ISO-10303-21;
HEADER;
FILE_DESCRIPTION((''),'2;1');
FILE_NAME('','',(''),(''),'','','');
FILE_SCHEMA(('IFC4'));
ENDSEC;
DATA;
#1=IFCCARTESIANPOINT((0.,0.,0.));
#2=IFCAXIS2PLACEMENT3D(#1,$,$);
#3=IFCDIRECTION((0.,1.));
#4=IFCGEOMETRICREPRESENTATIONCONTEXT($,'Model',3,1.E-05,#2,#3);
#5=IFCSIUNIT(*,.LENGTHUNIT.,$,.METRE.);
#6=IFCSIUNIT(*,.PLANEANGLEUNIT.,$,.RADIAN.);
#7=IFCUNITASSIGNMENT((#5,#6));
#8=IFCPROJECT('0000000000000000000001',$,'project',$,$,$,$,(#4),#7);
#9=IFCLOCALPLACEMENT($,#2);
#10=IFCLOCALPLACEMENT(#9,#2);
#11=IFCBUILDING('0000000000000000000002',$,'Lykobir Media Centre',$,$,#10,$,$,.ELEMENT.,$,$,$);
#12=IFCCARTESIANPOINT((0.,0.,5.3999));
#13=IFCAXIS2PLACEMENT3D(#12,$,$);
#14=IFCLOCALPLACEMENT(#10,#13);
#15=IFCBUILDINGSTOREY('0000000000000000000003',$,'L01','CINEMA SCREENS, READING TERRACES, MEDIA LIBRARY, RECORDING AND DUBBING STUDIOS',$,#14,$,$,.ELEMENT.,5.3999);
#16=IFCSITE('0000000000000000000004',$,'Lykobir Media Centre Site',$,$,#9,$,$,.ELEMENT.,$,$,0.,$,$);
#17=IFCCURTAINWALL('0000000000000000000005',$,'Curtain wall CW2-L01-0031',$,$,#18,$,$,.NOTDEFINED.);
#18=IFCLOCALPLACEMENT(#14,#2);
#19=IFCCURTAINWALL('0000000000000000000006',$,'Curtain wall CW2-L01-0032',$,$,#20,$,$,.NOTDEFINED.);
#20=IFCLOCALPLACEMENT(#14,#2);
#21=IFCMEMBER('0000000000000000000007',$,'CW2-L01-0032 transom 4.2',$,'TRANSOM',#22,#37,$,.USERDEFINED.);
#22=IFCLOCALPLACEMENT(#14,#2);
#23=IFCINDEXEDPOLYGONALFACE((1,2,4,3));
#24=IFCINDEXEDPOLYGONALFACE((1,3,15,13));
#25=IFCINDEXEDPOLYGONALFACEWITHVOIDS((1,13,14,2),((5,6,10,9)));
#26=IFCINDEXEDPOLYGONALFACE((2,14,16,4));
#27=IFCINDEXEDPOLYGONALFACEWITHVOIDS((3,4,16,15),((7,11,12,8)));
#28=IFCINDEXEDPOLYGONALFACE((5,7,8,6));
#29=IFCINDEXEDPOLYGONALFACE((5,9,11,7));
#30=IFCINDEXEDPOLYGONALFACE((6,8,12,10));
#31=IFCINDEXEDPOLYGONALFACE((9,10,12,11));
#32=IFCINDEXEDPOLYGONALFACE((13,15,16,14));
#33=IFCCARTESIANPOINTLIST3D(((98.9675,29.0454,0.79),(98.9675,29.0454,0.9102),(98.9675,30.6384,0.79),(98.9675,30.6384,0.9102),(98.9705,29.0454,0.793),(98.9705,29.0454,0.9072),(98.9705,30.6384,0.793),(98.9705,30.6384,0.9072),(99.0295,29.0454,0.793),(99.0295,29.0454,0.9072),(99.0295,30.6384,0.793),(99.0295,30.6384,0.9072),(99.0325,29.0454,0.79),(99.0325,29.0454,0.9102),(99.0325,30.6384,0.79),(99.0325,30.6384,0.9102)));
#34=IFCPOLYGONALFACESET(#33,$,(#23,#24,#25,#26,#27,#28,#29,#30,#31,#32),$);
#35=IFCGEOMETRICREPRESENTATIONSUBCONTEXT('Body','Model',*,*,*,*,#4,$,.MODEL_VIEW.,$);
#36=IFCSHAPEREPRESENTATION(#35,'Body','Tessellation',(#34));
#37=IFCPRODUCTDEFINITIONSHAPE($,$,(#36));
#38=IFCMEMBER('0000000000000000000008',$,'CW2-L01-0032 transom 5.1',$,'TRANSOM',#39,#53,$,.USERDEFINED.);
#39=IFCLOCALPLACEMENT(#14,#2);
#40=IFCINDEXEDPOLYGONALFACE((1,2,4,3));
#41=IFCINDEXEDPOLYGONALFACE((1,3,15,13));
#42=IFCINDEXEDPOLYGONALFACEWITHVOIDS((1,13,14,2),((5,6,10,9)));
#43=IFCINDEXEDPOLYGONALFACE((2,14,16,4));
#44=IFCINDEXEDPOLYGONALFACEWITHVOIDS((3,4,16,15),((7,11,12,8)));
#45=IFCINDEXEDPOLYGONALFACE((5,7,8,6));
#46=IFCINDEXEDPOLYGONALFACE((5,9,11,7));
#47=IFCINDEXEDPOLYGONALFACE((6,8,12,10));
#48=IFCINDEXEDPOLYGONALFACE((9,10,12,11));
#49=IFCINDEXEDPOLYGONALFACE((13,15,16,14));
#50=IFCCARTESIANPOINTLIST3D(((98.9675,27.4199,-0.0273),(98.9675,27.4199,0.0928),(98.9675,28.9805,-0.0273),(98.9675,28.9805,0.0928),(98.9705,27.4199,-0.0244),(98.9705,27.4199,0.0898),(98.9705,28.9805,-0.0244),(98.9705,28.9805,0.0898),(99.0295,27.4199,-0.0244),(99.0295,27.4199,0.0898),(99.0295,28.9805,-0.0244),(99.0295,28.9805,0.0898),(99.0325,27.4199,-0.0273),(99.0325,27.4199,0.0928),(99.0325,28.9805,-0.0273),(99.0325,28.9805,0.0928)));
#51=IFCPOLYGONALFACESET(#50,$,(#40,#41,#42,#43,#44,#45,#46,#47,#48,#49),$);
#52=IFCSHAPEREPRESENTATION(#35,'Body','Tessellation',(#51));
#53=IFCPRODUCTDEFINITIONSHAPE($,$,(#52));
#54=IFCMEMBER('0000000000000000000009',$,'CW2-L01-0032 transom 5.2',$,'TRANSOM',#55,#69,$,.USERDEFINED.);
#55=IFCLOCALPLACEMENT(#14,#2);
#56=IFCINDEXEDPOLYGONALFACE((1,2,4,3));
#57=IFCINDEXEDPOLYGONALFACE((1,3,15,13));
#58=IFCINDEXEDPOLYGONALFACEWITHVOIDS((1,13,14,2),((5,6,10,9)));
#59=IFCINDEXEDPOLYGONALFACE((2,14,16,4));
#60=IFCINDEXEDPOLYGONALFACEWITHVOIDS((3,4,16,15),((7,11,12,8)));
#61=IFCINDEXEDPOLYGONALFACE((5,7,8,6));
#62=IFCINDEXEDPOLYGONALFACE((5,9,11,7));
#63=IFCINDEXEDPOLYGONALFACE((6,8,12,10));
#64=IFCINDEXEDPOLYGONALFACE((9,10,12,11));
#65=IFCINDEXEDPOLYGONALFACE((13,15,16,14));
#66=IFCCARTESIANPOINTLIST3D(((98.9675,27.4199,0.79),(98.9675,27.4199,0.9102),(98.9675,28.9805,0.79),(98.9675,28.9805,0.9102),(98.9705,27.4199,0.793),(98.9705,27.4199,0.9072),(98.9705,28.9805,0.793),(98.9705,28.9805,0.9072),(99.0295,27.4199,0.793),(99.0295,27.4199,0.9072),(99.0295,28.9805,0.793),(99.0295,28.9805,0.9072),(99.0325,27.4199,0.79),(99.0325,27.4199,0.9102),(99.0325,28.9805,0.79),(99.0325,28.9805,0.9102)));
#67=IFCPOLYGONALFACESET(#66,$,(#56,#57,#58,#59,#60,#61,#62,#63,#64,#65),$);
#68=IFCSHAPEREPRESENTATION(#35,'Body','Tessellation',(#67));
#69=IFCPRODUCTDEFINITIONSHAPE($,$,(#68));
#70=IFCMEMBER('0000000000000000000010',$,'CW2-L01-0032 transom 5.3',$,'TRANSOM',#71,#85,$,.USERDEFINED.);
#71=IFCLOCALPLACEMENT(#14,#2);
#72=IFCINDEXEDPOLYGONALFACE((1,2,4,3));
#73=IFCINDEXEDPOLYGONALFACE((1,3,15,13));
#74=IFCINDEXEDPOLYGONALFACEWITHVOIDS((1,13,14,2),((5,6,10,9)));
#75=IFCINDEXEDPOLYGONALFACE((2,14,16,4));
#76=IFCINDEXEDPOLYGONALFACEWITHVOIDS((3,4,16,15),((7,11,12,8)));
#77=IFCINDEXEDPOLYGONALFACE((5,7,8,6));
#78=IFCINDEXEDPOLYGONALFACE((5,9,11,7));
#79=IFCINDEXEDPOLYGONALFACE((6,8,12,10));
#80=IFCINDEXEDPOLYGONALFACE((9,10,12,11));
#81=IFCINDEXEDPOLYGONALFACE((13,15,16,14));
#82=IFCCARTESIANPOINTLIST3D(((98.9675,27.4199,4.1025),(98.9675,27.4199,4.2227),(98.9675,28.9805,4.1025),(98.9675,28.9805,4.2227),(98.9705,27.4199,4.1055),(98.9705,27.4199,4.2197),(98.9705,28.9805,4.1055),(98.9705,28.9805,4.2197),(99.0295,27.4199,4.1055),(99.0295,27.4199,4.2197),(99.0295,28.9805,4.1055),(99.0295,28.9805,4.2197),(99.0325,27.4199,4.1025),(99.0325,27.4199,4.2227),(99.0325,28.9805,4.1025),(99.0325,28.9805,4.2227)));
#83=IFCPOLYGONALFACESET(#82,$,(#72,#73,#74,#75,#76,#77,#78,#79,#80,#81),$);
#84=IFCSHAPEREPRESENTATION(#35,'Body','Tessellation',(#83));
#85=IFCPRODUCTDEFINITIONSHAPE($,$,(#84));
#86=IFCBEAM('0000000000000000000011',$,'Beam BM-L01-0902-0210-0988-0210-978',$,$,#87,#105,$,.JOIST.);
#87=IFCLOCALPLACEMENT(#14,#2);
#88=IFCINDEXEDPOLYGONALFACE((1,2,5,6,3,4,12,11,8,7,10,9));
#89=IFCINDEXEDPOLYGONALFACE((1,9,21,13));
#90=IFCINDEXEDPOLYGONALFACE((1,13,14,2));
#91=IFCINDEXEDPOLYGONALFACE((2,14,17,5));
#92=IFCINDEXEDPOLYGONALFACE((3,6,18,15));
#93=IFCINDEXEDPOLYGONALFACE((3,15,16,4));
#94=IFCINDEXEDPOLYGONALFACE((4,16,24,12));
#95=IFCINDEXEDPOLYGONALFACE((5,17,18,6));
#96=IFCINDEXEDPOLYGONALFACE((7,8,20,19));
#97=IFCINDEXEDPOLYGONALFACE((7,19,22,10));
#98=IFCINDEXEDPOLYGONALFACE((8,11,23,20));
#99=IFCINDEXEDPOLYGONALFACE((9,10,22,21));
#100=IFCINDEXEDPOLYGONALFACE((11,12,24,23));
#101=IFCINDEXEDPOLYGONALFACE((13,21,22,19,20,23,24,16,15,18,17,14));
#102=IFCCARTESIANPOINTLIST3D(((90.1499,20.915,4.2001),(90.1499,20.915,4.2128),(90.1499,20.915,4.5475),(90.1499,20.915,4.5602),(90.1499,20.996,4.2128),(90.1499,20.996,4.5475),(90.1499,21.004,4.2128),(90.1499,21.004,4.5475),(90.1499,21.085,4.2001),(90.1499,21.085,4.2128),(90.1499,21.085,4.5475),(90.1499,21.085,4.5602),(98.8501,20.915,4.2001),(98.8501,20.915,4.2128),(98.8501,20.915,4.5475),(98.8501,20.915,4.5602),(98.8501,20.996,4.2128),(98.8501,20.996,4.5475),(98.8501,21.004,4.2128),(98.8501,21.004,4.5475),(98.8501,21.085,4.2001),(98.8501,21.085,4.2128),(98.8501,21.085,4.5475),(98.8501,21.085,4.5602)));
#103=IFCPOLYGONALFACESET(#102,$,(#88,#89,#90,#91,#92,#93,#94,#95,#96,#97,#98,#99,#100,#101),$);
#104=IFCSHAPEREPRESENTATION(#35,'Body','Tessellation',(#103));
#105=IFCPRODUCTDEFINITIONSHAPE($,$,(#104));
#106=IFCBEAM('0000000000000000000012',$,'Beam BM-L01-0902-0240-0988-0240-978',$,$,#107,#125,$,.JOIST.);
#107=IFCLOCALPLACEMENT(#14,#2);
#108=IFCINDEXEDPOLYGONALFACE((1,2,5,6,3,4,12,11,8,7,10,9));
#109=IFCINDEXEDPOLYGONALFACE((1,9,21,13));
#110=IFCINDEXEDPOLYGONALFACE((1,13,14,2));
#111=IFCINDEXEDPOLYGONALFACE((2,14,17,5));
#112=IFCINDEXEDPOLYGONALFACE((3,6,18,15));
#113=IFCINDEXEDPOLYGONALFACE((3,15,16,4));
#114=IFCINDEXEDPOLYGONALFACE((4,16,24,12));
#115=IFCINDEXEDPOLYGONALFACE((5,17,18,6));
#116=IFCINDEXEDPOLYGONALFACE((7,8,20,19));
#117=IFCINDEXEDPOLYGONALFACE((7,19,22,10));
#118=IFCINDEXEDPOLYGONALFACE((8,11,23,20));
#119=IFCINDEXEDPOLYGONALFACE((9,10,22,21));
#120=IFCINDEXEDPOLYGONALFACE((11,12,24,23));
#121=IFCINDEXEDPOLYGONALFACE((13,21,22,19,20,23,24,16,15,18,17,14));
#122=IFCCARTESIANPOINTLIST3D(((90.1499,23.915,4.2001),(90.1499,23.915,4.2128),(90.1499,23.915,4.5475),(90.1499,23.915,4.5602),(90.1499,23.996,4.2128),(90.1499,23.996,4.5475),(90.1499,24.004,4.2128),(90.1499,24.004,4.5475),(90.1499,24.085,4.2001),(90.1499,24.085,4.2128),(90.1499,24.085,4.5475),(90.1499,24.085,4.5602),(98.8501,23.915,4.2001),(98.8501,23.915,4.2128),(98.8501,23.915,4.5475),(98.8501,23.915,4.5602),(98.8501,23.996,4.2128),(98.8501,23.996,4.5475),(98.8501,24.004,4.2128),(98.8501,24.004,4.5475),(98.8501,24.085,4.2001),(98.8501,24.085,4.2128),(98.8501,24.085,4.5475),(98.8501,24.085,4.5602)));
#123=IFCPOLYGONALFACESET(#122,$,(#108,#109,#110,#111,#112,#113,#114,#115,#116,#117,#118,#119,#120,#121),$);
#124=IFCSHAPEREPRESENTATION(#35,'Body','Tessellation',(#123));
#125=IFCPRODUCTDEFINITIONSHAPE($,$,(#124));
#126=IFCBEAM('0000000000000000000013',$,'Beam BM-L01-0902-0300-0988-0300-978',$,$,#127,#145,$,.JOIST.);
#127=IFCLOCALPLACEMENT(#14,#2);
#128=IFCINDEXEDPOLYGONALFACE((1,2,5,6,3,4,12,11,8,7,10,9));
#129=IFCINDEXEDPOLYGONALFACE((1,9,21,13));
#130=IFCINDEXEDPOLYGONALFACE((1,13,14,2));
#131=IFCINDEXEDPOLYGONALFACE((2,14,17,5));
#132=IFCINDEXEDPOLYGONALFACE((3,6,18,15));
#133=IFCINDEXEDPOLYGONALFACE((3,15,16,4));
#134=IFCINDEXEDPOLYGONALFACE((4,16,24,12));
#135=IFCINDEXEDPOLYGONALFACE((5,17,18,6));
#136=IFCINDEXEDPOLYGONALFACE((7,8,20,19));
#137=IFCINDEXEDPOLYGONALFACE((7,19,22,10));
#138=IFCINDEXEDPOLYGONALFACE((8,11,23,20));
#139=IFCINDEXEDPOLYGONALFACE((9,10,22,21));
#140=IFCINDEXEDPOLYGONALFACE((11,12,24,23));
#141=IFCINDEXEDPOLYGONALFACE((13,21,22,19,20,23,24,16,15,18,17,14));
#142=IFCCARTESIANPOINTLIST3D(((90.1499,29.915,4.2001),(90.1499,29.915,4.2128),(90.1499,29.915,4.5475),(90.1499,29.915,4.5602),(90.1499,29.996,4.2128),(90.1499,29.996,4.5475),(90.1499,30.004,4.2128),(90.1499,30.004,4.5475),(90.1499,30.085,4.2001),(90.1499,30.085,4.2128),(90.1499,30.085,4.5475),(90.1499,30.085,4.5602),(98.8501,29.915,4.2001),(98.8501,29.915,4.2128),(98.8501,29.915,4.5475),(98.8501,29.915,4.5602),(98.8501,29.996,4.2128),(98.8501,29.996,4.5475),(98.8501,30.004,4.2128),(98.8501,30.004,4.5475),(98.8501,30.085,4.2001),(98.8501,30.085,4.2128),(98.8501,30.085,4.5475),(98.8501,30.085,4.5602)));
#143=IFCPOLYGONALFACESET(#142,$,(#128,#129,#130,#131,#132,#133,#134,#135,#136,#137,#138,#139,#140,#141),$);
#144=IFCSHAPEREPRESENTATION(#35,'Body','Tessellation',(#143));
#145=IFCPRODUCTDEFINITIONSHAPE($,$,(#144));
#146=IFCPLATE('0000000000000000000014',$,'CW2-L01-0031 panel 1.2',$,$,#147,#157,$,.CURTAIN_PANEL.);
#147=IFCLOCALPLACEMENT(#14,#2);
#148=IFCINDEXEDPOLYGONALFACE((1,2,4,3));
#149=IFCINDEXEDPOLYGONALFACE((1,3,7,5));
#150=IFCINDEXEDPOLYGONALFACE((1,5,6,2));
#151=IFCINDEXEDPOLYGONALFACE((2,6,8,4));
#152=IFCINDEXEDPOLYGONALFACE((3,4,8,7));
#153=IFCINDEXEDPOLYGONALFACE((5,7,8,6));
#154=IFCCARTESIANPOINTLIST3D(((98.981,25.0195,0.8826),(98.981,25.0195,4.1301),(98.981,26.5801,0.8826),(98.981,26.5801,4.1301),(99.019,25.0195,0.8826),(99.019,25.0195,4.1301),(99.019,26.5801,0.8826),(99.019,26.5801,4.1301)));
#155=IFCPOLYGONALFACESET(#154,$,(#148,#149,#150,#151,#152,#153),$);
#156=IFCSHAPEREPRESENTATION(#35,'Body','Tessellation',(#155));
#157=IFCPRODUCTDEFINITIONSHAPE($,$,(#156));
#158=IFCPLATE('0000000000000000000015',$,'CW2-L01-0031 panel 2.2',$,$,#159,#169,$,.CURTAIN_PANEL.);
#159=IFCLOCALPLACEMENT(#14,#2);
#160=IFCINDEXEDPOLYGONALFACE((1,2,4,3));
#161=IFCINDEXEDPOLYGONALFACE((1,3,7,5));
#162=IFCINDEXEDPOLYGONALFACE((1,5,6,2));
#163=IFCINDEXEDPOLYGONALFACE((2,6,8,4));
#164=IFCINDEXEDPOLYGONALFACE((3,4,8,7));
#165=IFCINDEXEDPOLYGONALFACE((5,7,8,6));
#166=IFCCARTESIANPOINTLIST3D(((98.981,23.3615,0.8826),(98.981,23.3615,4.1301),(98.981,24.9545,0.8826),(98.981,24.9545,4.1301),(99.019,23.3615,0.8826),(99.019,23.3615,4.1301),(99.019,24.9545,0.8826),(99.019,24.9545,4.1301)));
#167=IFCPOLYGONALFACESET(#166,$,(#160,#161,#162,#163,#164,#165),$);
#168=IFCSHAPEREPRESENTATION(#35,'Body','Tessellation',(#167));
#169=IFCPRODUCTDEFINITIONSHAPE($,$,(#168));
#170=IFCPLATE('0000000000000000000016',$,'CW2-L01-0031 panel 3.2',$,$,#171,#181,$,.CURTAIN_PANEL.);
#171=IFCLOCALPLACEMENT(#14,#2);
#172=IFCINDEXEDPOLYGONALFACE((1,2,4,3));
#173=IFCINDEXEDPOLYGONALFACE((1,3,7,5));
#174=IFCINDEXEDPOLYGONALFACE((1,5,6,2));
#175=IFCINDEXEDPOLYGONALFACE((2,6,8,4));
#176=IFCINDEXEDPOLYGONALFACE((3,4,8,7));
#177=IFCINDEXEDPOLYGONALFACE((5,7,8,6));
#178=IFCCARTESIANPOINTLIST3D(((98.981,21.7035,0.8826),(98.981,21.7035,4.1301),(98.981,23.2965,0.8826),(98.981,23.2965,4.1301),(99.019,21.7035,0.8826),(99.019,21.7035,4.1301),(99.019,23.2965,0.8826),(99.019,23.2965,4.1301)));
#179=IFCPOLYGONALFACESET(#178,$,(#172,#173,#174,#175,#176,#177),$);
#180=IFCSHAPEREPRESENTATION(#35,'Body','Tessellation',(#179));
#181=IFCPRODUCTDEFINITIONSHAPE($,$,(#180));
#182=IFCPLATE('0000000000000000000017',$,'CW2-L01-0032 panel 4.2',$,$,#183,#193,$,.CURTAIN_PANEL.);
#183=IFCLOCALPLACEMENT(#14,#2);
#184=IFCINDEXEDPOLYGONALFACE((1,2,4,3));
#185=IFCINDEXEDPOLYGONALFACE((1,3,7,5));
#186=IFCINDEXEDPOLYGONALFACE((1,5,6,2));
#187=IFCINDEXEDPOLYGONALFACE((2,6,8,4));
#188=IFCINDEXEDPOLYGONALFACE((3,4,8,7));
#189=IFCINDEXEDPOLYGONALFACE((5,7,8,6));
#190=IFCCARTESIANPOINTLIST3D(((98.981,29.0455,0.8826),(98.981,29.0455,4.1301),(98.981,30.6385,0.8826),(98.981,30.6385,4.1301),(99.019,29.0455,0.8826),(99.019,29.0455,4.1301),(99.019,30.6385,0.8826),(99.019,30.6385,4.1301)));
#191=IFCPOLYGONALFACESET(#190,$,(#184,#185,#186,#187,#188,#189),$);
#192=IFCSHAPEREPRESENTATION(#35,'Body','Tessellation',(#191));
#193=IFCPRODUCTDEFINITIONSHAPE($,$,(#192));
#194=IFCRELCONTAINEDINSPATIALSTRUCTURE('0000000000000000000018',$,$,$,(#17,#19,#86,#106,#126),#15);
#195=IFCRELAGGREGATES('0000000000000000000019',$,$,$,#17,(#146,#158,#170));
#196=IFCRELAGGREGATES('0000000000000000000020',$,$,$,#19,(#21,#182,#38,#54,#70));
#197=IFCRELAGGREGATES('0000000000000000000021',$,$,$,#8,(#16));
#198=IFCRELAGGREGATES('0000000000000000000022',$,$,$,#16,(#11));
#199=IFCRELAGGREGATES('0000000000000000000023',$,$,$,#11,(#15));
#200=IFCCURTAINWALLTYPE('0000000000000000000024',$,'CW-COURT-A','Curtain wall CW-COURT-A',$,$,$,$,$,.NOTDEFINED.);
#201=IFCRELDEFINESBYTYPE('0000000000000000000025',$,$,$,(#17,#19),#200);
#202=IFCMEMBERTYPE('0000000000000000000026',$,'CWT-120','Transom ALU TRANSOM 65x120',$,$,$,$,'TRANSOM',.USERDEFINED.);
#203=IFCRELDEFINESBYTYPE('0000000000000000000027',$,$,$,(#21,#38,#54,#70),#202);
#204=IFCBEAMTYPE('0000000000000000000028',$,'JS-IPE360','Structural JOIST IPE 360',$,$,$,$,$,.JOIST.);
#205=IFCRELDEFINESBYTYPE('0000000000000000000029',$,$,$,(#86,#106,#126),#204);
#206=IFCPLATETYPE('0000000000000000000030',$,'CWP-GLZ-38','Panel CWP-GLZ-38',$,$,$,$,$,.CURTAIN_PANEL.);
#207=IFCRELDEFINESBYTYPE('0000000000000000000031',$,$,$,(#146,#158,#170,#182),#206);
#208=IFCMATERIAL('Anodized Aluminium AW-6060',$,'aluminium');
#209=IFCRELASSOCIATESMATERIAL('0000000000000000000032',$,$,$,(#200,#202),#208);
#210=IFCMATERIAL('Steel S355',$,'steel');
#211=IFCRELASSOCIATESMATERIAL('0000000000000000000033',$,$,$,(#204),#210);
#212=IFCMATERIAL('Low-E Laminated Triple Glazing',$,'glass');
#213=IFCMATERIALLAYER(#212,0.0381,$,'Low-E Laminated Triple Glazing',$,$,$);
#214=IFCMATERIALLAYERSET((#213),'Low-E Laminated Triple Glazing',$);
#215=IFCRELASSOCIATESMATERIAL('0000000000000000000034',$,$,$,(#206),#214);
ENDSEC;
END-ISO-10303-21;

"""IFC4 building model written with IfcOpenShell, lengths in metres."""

from ifc_helpers import new_model, si_unit, direction, frame, origin, origin_2d, place, context, subcontext, project, spatial, rectangle, hollow_rectangle, i_section, extrude, material, layer, layer_set, material_profile, profile_set, type_object, element, aggregate, save


model = new_model("IFC4")

# Units and contexts
model_context = context("Model", 3, precision=1e-05, world=origin(), true_north=direction((0.0, 1.0)))
body_context = subcontext(model_context, "Body", "Model", "MODEL_VIEW")
ifc_project = project(units=[si_unit("LENGTHUNIT", "METRE"), si_unit("PLANEANGLEUNIT", "RADIAN")], contexts=[model_context])

# Site, building, storey
site_placement = place(None, origin())
site = spatial("IfcSite", under=ifc_project, at=site_placement, Name="Lykobir Media Centre Site", CompositionType="ELEMENT", RefElevation=0.0)
building_placement = place(site_placement, origin())
building = spatial("IfcBuilding", under=site, at=building_placement, Name="Lykobir Media Centre", CompositionType="ELEMENT")
storey_placement = place(building_placement, frame((0.0, 0.0, 5.3999)))
storey = spatial("IfcBuildingStorey", under=building, at=storey_placement, Name="L01", Description="CINEMA SCREENS, READING TERRACES, MEDIA LIBRARY, RECORDING AND DUBBING STUDIOS", CompositionType="ELEMENT", Elevation=5.3999)

# Shared definitions
ifc_material_1 = material(Name="Steel S355", Category="steel")

# Curtain walls
ifc_material_2 = material(Name="Anodized Aluminium AW-6060", Category="aluminium")
curtain_wall_type = type_object("IfcCurtainWallType", Name="CW-COURT-A", Description="Curtain wall CW-COURT-A", PredefinedType="NOTDEFINED", material=ifc_material_2)
curtain_wall_1_placement = place(storey_placement, origin())
curtain_wall_1 = element("IfcCurtainWall", 1, at=curtain_wall_1_placement, inside=storey, type_object=curtain_wall_type, Name="Curtain wall CW2-L01-0031", PredefinedType="NOTDEFINED")
curtain_wall_2_placement = place(storey_placement, origin())
curtain_wall_2 = element("IfcCurtainWall", 2, at=curtain_wall_2_placement, inside=storey, type_object=curtain_wall_type, Name="Curtain wall CW2-L01-0032", PredefinedType="NOTDEFINED")

# Members
ifc_material_profile_1 = material_profile(ifc_material_2, hollow_rectangle(XDim=0.0649, YDim=0.1201, WallThickness=0.0029, at=origin_2d()), Name="ALU TRANSOM 65x120")
ifc_profile_set_1 = profile_set([ifc_material_profile_1], Name="Anodized Aluminium AW-6060")
member_type_1 = type_object("IfcMemberType", Name="CWT-120", Description="Transom ALU TRANSOM 65x120", ElementType="TRANSOM", PredefinedType="USERDEFINED", material=ifc_profile_set_1)
member_1_placement = place(storey_placement, frame((99.0, 30.6384, 0.8501), z_axis=(0.0, -1.0, 0.0), x_axis=(1.0, 0.0, 0.0)))
member_1 = element("IfcMember", 3, at=member_1_placement, type_object=member_type_1, Name="CW2-L01-0032 transom 4.2", ObjectType="TRANSOM", PredefinedType="USERDEFINED", context=body_context, shape_type="SweptSolid", body=[
    extrude(hollow_rectangle(XDim=0.0649, YDim=0.1201, WallThickness=0.0029, at=origin_2d()), origin(), (0.0, 0.0, 1.0), 1.593),
])
member_2_placement = place(storey_placement, frame((99.0, 28.9805, 0.0327), z_axis=(0.0, -1.0, 0.0), x_axis=(1.0, 0.0, 0.0)))
member_2 = element("IfcMember", 4, at=member_2_placement, type_object=member_type_1, Name="CW2-L01-0032 transom 5.1", ObjectType="TRANSOM", PredefinedType="USERDEFINED", context=body_context, shape_type="SweptSolid", body=[
    extrude(hollow_rectangle(XDim=0.0649, YDim=0.1201, WallThickness=0.0029, at=origin_2d()), origin(), (0.0, 0.0, 1.0), 1.5605),
])
member_3_placement = place(storey_placement, frame((99.0, 28.9805, 0.8501), z_axis=(0.0, -1.0, 0.0), x_axis=(1.0, 0.0, 0.0)))
member_3 = element("IfcMember", 5, at=member_3_placement, type_object=member_type_1, Name="CW2-L01-0032 transom 5.2", ObjectType="TRANSOM", PredefinedType="USERDEFINED", context=body_context, shape_type="SweptSolid", body=[
    extrude(hollow_rectangle(XDim=0.0649, YDim=0.1201, WallThickness=0.0029, at=origin_2d()), origin(), (0.0, 0.0, 1.0), 1.5605),
])
member_4_placement = place(storey_placement, frame((99.0, 28.9805, 4.1626), z_axis=(0.0, -1.0, 0.0), x_axis=(1.0, 0.0, 0.0)))
member_4 = element("IfcMember", 6, at=member_4_placement, type_object=member_type_1, Name="CW2-L01-0032 transom 5.3", ObjectType="TRANSOM", PredefinedType="USERDEFINED", context=body_context, shape_type="SweptSolid", body=[
    extrude(hollow_rectangle(XDim=0.0649, YDim=0.1201, WallThickness=0.0029, at=origin_2d()), origin(), (0.0, 0.0, 1.0), 1.5605),
])

# Beams
ifc_material_profile_2 = material_profile(ifc_material_1, i_section(OverallWidth=0.1699, OverallDepth=0.3601, WebThickness=0.0081, FlangeThickness=0.0127, at=origin_2d()), Name="IPE 360")
ifc_profile_set_2 = profile_set([ifc_material_profile_2], Name="Steel S355")
beam_type_1 = type_object("IfcBeamType", Name="JS-IPE360", Description="Structural JOIST IPE 360", PredefinedType="JOIST", material=ifc_profile_set_2)
for number, where, z_axis, x_axis, name in (
    (7, (90.1499, 21.0, 4.3801), (1.0, 0.0, 0.0), (0.0, 1.0, 0.0), "Beam BM-L01-0902-0210-0988-0210-978"),
    (8, (90.1499, 24.0, 4.3801), (1.0, 0.0, 0.0), (0.0, 1.0, 0.0), "Beam BM-L01-0902-0240-0988-0240-978"),
    (9, (90.1499, 30.0, 4.3801), (1.0, 0.0, 0.0), (0.0, 1.0, 0.0), "Beam BM-L01-0902-0300-0988-0300-978"),
):
    element("IfcBeam", number, at=place(storey_placement, frame(where, z_axis=z_axis, x_axis=x_axis)), inside=storey, type_object=beam_type_1, Name=name, PredefinedType="JOIST", context=body_context, shape_type="SweptSolid", body=[
        extrude(i_section(OverallWidth=0.1699, OverallDepth=0.3601, WebThickness=0.0081, FlangeThickness=0.0127, at=origin_2d()), origin(), (0.0, 0.0, 1.0), 8.7002),
    ])

# Plates
ifc_material_3 = material(Name="Low-E Laminated Triple Glazing", Category="glass")
ifc_layer_1 = layer(ifc_material_3, 0.0381, Name="Low-E Laminated Triple Glazing")
ifc_layer_set_1 = layer_set([ifc_layer_1], Name="Low-E Laminated Triple Glazing")
plate_type_1 = type_object("IfcPlateType", Name="CWP-GLZ-38", Description="Panel CWP-GLZ-38", PredefinedType="CURTAIN_PANEL", material=ifc_layer_set_1)
plate_1_placement = place(storey_placement, frame((99.0, 25.7998, 0.8826), z_axis=(0.0, 0.0, 1.0), x_axis=(0.0, -1.0, 0.0)))
plate_1 = element("IfcPlate", 10, at=plate_1_placement, type_object=plate_type_1, Name="CW2-L01-0031 panel 1.2", PredefinedType="CURTAIN_PANEL", context=body_context, shape_type="SweptSolid", body=[
    extrude(rectangle(XDim=1.5605, YDim=0.0381, at=origin_2d()), origin(), (0.0, 0.0, 1.0), 3.2476),
])
plate_2_placement = place(storey_placement, frame((99.0, 24.158, 0.8826), z_axis=(0.0, 0.0, 1.0), x_axis=(0.0, -1.0, 0.0)))
plate_2 = element("IfcPlate", 11, at=plate_2_placement, type_object=plate_type_1, Name="CW2-L01-0031 panel 2.2", PredefinedType="CURTAIN_PANEL", context=body_context, shape_type="SweptSolid", body=[
    extrude(rectangle(XDim=1.593, YDim=0.0381, at=origin_2d()), origin(), (0.0, 0.0, 1.0), 3.2476),
])
plate_3_placement = place(storey_placement, frame((99.0, 22.5, 0.8826), z_axis=(0.0, 0.0, 1.0), x_axis=(0.0, -1.0, 0.0)))
plate_3 = element("IfcPlate", 12, at=plate_3_placement, type_object=plate_type_1, Name="CW2-L01-0031 panel 3.2", PredefinedType="CURTAIN_PANEL", context=body_context, shape_type="SweptSolid", body=[
    extrude(rectangle(XDim=1.593, YDim=0.0381, at=origin_2d()), origin(), (0.0, 0.0, 1.0), 3.2476),
])
plate_4_placement = place(storey_placement, frame((99.0, 29.842, 0.8826), z_axis=(0.0, 0.0, 1.0), x_axis=(0.0, -1.0, 0.0)))
plate_4 = element("IfcPlate", 13, at=plate_4_placement, type_object=plate_type_1, Name="CW2-L01-0032 panel 4.2", PredefinedType="CURTAIN_PANEL", context=body_context, shape_type="SweptSolid", body=[
    extrude(rectangle(XDim=1.593, YDim=0.0381, at=origin_2d()), origin(), (0.0, 0.0, 1.0), 3.2476),
])
aggregate(curtain_wall_1, [plate_1, plate_2, plate_3])
aggregate(curtain_wall_2, [member_1, plate_4, member_2, member_3, member_4])

save(model, "model.ifc")
